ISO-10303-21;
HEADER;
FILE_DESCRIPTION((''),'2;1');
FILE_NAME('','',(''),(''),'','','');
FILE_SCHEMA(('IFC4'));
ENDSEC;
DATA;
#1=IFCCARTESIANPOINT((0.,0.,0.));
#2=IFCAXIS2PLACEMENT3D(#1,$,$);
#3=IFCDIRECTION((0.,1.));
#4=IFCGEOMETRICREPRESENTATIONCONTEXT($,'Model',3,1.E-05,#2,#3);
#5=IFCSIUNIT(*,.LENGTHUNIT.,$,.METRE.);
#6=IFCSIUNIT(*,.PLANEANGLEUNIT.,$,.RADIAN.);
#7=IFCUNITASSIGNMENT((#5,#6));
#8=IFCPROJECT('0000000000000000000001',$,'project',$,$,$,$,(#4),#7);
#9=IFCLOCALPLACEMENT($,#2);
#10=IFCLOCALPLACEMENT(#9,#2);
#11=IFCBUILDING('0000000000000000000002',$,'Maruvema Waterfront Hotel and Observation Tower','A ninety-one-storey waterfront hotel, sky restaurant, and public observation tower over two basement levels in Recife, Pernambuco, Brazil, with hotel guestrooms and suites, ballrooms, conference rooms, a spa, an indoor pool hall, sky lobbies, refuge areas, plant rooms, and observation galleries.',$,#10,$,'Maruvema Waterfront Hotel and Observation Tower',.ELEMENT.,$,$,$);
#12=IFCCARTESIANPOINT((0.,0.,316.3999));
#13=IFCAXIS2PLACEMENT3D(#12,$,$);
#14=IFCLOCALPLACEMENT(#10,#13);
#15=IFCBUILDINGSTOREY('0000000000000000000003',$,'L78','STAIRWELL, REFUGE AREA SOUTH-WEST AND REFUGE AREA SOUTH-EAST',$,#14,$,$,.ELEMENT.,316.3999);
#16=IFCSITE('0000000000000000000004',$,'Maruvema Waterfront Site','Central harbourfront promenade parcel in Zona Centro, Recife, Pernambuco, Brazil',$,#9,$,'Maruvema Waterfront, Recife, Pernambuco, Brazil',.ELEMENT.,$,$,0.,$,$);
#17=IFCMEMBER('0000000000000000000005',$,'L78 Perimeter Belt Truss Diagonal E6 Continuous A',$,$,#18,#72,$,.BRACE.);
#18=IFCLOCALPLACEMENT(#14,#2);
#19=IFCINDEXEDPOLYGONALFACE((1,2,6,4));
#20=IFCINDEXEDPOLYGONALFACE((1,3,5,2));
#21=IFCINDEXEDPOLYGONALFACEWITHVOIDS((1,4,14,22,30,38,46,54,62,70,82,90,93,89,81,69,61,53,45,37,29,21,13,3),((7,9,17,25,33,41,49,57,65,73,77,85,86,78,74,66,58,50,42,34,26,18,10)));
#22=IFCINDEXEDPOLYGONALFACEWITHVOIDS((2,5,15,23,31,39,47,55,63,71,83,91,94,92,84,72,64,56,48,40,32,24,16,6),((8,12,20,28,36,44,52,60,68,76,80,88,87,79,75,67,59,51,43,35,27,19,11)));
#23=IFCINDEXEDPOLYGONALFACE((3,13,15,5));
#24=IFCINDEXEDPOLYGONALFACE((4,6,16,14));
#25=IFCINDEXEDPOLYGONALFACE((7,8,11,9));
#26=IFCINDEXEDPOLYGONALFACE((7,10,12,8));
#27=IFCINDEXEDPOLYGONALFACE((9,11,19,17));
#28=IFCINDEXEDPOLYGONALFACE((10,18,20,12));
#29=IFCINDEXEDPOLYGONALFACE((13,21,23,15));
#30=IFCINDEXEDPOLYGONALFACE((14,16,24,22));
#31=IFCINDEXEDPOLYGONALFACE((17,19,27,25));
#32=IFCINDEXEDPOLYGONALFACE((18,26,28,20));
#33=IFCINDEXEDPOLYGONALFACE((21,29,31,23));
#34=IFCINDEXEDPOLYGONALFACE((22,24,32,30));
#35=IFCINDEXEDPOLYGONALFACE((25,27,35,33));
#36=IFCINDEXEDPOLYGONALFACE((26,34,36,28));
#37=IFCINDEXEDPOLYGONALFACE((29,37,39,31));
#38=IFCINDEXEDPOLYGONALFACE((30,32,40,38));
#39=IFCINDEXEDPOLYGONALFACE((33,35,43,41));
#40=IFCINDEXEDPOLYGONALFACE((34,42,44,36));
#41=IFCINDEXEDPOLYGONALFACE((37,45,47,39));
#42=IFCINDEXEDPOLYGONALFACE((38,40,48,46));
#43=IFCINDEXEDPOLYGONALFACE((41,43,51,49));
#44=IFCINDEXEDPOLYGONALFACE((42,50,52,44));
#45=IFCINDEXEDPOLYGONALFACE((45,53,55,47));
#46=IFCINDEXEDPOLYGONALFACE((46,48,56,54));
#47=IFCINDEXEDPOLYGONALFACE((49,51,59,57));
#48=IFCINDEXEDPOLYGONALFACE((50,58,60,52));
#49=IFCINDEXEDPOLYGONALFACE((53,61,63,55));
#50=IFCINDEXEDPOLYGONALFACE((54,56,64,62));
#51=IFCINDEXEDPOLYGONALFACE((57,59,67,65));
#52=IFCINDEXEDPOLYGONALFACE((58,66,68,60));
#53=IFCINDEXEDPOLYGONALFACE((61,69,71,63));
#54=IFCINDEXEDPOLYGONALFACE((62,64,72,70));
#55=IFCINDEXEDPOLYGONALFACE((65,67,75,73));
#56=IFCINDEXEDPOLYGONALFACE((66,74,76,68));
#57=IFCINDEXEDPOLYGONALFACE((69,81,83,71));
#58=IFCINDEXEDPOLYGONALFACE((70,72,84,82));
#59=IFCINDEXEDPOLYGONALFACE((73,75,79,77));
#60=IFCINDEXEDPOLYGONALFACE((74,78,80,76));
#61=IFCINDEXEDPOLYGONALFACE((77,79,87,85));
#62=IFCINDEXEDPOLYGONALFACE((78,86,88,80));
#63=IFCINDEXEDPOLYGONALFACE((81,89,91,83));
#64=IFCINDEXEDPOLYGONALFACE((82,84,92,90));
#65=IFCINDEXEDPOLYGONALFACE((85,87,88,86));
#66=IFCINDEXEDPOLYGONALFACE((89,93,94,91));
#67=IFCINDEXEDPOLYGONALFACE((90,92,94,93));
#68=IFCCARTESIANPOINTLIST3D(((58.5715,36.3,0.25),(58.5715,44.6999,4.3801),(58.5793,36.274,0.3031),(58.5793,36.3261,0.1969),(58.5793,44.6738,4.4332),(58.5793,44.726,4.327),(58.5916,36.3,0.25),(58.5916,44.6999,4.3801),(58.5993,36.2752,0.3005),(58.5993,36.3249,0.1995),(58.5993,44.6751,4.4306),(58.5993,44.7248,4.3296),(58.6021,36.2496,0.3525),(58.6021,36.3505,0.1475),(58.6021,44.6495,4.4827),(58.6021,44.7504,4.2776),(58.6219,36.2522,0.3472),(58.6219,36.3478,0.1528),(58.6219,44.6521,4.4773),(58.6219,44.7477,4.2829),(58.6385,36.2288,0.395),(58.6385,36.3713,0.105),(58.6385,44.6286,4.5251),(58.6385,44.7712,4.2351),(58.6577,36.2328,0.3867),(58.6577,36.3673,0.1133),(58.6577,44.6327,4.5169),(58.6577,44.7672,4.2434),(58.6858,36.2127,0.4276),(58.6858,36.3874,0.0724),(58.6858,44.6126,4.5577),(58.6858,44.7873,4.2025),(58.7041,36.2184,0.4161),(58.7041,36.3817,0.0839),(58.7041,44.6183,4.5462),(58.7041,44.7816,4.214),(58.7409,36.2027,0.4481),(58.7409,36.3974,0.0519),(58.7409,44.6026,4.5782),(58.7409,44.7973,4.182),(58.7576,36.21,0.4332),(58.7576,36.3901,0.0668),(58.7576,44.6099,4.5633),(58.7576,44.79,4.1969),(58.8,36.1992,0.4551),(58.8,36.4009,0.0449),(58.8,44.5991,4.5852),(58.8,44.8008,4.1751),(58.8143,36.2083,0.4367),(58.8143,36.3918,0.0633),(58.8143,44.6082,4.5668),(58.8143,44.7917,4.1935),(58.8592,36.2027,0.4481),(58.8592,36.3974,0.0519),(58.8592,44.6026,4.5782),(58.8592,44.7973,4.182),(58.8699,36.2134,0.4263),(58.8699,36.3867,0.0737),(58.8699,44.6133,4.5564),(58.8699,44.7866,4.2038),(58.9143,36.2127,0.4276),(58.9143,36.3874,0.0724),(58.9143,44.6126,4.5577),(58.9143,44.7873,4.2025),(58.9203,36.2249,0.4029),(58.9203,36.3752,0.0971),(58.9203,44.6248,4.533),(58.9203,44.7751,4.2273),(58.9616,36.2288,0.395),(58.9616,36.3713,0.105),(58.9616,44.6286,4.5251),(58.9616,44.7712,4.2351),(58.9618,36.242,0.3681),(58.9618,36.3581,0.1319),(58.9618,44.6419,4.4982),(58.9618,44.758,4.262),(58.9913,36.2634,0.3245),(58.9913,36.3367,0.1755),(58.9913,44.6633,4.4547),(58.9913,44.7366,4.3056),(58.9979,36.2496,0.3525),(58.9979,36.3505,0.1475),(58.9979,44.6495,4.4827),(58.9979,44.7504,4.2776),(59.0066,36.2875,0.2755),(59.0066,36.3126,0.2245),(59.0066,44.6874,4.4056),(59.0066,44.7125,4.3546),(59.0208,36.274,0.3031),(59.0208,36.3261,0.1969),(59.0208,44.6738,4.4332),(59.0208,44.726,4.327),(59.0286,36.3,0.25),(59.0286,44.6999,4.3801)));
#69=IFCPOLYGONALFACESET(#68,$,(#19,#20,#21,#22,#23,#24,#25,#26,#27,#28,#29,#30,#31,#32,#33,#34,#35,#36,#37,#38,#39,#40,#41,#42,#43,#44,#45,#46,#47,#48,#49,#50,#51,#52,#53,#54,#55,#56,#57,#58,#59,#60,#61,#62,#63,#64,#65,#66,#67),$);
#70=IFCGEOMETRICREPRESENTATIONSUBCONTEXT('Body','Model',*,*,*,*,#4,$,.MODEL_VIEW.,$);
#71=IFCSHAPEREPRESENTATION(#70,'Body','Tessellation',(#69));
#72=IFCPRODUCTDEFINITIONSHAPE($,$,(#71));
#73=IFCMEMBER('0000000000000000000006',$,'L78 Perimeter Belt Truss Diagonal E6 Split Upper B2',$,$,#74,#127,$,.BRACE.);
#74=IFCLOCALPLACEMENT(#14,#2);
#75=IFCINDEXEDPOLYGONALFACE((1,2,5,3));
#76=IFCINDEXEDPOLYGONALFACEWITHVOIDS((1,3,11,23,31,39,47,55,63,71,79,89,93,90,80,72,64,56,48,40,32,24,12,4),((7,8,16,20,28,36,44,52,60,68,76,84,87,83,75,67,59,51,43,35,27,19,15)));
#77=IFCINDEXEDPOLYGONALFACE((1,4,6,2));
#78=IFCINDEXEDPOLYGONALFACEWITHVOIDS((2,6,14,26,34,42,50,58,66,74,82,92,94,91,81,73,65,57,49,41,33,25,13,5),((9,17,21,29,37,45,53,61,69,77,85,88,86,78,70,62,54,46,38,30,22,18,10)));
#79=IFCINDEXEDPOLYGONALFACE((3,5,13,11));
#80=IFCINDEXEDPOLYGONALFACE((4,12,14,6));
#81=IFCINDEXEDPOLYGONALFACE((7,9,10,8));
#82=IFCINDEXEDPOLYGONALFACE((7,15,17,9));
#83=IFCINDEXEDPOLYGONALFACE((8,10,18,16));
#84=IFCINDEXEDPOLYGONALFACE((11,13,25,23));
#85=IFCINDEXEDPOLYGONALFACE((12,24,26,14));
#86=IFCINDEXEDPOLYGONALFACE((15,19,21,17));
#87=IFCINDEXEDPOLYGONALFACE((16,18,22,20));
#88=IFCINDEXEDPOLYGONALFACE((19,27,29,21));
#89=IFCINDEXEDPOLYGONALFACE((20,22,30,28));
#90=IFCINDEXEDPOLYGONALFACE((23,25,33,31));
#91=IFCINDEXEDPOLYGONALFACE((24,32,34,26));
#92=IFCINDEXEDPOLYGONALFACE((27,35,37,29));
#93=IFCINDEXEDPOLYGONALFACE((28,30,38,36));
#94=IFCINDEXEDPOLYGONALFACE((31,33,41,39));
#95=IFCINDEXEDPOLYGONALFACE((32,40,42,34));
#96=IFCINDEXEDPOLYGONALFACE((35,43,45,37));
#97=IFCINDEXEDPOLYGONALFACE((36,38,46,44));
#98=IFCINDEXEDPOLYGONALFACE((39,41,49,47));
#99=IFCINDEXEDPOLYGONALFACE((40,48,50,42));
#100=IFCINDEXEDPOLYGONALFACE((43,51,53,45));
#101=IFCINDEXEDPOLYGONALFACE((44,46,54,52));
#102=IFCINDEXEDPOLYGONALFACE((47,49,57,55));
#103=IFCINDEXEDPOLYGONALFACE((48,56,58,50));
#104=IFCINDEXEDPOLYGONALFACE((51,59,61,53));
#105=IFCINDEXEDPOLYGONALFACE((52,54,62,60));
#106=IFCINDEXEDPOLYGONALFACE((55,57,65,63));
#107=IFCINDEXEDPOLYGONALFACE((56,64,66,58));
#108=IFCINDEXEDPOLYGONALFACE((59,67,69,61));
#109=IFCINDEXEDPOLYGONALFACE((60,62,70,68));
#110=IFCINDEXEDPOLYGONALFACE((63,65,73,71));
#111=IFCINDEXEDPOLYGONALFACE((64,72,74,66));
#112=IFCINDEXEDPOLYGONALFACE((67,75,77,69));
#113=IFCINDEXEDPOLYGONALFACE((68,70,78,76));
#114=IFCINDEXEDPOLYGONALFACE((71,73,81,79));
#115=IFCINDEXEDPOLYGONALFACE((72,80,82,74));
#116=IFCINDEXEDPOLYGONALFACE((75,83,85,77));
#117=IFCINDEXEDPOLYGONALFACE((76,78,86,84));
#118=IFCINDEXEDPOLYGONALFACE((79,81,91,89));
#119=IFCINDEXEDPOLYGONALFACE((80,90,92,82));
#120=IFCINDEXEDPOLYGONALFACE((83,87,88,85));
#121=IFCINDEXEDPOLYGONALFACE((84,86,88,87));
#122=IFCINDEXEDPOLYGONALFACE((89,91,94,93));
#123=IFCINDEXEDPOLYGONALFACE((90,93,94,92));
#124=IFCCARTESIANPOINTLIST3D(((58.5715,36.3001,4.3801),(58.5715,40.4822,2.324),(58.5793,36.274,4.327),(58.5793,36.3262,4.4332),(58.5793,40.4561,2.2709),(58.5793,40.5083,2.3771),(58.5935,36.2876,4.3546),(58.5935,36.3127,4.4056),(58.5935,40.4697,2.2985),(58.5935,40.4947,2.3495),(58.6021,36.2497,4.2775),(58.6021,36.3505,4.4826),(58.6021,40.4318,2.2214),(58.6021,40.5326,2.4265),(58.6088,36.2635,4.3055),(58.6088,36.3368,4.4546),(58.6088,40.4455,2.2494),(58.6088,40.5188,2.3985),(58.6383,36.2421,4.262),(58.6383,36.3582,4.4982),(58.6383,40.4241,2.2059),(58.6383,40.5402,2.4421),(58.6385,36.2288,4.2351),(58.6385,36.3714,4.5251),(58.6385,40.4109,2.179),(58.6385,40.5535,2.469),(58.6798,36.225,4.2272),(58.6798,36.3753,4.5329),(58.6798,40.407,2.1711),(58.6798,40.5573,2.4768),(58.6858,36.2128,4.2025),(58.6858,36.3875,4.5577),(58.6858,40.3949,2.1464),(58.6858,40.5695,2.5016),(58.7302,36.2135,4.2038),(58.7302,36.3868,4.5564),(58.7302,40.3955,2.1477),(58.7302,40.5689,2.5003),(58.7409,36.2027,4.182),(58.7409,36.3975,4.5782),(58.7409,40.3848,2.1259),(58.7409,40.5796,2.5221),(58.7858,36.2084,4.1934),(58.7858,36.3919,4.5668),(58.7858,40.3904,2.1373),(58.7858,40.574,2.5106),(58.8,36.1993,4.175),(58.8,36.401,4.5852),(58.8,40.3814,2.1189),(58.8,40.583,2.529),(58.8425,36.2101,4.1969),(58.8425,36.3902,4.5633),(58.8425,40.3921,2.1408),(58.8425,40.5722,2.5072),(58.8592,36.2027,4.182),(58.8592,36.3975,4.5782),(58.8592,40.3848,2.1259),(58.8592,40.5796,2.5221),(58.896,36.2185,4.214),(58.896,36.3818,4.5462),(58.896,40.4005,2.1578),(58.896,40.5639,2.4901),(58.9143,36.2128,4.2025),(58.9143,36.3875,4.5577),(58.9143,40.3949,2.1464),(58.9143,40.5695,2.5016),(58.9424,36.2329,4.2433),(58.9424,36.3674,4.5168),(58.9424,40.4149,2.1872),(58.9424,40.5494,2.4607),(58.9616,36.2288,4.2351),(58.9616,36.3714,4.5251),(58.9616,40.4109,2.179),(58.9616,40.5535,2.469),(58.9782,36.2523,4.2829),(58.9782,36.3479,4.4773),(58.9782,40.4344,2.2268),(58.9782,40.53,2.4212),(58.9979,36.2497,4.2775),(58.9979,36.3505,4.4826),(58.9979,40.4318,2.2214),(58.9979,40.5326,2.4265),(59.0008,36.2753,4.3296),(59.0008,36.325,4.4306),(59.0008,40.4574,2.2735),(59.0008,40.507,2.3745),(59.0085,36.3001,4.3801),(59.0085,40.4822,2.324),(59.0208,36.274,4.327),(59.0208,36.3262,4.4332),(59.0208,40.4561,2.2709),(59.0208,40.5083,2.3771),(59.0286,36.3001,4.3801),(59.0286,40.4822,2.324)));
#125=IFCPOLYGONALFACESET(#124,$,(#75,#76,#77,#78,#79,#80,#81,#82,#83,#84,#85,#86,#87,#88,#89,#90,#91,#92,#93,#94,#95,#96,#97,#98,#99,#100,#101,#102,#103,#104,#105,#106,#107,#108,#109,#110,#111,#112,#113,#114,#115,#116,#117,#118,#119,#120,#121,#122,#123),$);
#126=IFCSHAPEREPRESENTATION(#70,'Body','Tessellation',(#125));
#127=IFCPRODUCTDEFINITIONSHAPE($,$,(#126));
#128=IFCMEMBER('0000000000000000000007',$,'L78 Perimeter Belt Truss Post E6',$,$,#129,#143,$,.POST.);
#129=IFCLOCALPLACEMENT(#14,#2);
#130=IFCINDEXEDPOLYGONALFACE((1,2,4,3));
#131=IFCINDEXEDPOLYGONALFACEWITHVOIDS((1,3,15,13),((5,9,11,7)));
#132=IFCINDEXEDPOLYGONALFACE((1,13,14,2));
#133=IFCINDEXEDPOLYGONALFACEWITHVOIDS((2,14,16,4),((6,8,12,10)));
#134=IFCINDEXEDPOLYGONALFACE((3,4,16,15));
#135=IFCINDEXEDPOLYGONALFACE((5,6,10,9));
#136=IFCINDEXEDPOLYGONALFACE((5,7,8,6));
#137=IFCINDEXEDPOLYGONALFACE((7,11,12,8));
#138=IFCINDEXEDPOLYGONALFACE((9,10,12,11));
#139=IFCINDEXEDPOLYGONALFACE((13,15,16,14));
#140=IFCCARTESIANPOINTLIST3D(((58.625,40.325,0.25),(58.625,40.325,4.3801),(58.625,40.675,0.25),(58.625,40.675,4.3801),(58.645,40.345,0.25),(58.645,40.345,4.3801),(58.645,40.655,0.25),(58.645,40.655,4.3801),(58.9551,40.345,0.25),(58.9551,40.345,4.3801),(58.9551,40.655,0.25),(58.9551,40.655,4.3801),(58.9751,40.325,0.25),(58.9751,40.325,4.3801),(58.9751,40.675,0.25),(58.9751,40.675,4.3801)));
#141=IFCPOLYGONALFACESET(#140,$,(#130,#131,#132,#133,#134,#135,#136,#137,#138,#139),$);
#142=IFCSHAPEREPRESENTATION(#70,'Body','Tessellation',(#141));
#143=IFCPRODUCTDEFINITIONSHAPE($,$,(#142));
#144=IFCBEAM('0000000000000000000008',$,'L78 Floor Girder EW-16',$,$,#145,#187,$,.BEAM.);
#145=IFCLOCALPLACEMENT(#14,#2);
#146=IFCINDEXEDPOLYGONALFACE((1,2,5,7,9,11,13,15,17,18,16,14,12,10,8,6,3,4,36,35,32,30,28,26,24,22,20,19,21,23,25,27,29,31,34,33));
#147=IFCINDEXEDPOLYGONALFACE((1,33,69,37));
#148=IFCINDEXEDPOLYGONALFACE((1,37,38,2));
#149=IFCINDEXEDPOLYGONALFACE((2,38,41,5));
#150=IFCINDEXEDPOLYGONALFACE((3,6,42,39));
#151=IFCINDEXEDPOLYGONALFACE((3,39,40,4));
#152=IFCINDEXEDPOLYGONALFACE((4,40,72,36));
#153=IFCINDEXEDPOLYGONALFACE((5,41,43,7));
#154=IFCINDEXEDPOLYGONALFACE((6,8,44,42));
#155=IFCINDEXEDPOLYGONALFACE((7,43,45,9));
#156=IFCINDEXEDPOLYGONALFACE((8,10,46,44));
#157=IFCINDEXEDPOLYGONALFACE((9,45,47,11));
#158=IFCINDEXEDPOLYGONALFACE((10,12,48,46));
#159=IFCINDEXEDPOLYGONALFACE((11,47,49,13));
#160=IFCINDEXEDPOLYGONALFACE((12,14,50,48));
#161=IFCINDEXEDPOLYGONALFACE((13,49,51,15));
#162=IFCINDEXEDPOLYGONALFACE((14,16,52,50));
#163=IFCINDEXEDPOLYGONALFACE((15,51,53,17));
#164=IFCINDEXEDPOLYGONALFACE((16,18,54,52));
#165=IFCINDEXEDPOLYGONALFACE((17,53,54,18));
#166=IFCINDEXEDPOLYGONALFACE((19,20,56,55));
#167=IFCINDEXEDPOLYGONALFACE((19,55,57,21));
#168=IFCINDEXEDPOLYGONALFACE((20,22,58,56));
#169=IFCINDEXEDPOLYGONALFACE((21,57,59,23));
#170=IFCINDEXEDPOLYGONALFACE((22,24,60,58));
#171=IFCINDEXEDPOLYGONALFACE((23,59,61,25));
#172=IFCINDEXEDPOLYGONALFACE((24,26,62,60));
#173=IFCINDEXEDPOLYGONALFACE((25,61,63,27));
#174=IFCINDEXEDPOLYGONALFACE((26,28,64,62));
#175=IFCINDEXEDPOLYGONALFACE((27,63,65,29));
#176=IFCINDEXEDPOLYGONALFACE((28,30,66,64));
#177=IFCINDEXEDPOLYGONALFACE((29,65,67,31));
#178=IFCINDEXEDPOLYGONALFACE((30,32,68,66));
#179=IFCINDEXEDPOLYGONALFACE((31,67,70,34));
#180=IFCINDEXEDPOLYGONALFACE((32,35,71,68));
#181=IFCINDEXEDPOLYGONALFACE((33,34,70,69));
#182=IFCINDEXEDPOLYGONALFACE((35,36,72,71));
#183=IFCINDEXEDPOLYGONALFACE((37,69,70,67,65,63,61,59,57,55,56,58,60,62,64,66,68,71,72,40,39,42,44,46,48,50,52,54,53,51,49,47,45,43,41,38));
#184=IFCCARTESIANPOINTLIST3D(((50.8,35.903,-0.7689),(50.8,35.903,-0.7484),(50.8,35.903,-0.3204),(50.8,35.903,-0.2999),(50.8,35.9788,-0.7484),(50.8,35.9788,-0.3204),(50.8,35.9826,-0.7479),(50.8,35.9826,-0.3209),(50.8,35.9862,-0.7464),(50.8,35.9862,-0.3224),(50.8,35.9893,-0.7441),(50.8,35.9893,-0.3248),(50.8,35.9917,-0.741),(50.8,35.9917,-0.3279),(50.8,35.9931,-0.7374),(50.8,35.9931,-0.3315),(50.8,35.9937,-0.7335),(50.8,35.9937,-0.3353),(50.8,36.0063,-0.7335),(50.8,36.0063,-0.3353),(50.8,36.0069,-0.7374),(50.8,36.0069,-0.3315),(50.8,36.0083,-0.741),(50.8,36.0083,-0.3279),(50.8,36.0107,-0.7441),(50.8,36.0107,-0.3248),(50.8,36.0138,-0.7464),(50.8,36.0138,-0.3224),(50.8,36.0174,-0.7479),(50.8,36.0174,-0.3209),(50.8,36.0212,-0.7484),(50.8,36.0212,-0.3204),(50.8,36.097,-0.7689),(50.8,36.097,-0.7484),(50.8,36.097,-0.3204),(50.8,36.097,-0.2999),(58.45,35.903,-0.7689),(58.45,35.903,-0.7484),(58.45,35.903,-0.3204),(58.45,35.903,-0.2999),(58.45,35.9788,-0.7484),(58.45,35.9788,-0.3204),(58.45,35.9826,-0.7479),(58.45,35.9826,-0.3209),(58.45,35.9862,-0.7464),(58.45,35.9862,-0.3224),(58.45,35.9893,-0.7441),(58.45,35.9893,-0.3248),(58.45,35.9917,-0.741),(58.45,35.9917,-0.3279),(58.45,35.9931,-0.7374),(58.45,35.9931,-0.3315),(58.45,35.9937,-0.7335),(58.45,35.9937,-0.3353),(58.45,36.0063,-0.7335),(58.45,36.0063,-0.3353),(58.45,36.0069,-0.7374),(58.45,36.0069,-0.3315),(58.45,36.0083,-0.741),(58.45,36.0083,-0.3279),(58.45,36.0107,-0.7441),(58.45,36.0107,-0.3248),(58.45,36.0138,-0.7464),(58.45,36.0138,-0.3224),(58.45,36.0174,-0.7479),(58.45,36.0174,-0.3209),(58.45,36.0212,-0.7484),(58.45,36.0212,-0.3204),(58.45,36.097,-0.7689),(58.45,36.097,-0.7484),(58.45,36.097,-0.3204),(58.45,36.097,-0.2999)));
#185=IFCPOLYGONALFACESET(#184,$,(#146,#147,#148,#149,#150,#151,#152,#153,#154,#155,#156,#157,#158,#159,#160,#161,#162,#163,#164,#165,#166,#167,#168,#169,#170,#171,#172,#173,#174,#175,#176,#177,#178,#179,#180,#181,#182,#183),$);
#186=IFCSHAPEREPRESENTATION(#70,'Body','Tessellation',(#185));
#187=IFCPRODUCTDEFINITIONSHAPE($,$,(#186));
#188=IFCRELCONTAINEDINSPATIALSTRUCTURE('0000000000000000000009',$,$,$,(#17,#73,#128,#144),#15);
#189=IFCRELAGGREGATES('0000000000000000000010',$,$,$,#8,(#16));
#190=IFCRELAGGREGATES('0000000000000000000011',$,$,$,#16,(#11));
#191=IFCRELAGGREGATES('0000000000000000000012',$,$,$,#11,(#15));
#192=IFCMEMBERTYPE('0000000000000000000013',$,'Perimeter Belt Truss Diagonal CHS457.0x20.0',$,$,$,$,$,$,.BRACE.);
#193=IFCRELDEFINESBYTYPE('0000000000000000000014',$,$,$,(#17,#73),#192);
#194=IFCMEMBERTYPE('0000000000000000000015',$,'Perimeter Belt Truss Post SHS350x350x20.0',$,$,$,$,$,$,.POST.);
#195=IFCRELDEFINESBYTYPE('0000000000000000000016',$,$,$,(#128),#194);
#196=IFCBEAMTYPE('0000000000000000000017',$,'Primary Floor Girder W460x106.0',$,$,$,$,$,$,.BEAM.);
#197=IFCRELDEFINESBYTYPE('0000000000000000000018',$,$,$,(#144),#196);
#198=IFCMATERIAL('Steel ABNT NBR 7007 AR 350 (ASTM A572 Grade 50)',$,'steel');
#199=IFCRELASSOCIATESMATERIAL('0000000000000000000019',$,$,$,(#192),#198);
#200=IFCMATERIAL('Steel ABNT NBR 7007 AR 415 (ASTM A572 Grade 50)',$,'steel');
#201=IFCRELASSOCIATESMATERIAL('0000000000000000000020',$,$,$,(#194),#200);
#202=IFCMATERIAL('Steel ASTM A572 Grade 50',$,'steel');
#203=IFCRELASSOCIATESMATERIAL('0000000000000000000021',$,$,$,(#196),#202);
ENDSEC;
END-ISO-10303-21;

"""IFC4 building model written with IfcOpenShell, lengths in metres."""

from ifc_helpers import new_model, si_unit, direction, frame, origin, origin_2d, place, context, subcontext, project, spatial, hollow_rectangle, hollow_circle, i_section, extrude, material, material_profile, profile_set, type_object, element, save


model = new_model("IFC4")

# Units and contexts
model_context = context("Model", 3, precision=1e-05, world=origin(), true_north=direction((0.0, 1.0)))
body_context = subcontext(model_context, "Body", "Model", "MODEL_VIEW")
ifc_project = project(units=[si_unit("LENGTHUNIT", "METRE"), si_unit("PLANEANGLEUNIT", "RADIAN")], contexts=[model_context])

# Site, building, storey
site_placement = place(None, origin())
site = spatial("IfcSite", under=ifc_project, at=site_placement, Name="Maruvema Waterfront Site", Description="Central harbourfront promenade parcel in Zona Centro, Recife, Pernambuco, Brazil", LongName="Maruvema Waterfront, Recife, Pernambuco, Brazil", CompositionType="ELEMENT", RefElevation=0.0)
building_placement = place(site_placement, origin())
building = spatial("IfcBuilding", under=site, at=building_placement, Name="Maruvema Waterfront Hotel and Observation Tower", Description="A ninety-one-storey waterfront hotel, sky restaurant, and public observation tower over two basement levels in Recife, Pernambuco, Brazil, with hotel guestrooms and suites, ballrooms, conference rooms, a spa, an indoor pool hall, sky lobbies, refuge areas, plant rooms, and observation galleries.", LongName="Maruvema Waterfront Hotel and Observation Tower", CompositionType="ELEMENT")
storey_placement = place(building_placement, frame((0.0, 0.0, 316.3999)))
storey = spatial("IfcBuildingStorey", under=building, at=storey_placement, Name="L78", Description="STAIRWELL, REFUGE AREA SOUTH-WEST AND REFUGE AREA SOUTH-EAST", CompositionType="ELEMENT", Elevation=316.3999)

# Members
ifc_material_1 = material(Name="Steel ABNT NBR 7007 AR 350 (ASTM A572 Grade 50)", Category="steel")
ifc_material_profile_1 = material_profile(ifc_material_1, hollow_circle(Radius=0.2285, WallThickness=0.02, at=origin_2d()), Name="CHS457.0x20.0")
ifc_profile_set_1 = profile_set([ifc_material_profile_1], Name="Steel ABNT NBR 7007 AR 350 (ASTM A572 Grade 50)")
member_type_1 = type_object("IfcMemberType", Name="Perimeter Belt Truss Diagonal CHS457.0x20.0", PredefinedType="BRACE", material=ifc_profile_set_1)
member_1_placement = place(storey_placement, frame((58.8, 36.3, 0.25), z_axis=(0.0, 0.897391, 0.441236), x_axis=(-1.0, 0.0, 0.0)))
element("IfcMember", 1, at=member_1_placement, inside=storey, type_object=member_type_1, Name="L78 Perimeter Belt Truss Diagonal E6 Continuous A", PredefinedType="BRACE", context=body_context, shape_type="SweptSolid", body=[
    extrude(hollow_circle(Radius=0.2285, WallThickness=0.02, at=origin_2d()), origin(), (0.0, 0.0, 1.0), 9.3604),
])
member_2_placement = place(storey_placement, frame((58.8, 40.4822, 2.324), z_axis=(0.0, -0.897404, 0.44121), x_axis=(1.0, 0.0, 0.0)))
element("IfcMember", 2, at=member_2_placement, inside=storey, type_object=member_type_1, Name="L78 Perimeter Belt Truss Diagonal E6 Split Upper B2", PredefinedType="BRACE", context=body_context, shape_type="SweptSolid", body=[
    extrude(hollow_circle(Radius=0.2285, WallThickness=0.02, at=origin_2d()), origin(), (0.0, 0.0, 1.0), 4.6602),
])
ifc_material_2 = material(Name="Steel ABNT NBR 7007 AR 415 (ASTM A572 Grade 50)", Category="steel")
ifc_material_profile_2 = material_profile(ifc_material_2, hollow_rectangle(XDim=0.3501, YDim=0.3501, WallThickness=0.02, at=origin_2d()), Name="SHS350x350x20.0")
ifc_profile_set_2 = profile_set([ifc_material_profile_2], Name="Steel ABNT NBR 7007 AR 415 (ASTM A572 Grade 50)")
member_type_2 = type_object("IfcMemberType", Name="Perimeter Belt Truss Post SHS350x350x20.0", PredefinedType="POST", material=ifc_profile_set_2)
member_3_placement = place(storey_placement, frame((58.8, 40.5, 0.25), z_axis=(0.0, 0.0, 1.0), x_axis=(1.0, 0.0, 0.0)))
element("IfcMember", 3, at=member_3_placement, inside=storey, type_object=member_type_2, Name="L78 Perimeter Belt Truss Post E6", PredefinedType="POST", context=body_context, shape_type="SweptSolid", body=[
    extrude(hollow_rectangle(XDim=0.3501, YDim=0.3501, WallThickness=0.02, at=origin_2d()), origin(), (0.0, 0.0, 1.0), 4.1301),
])

# Beam
ifc_material_3 = material(Name="Steel ASTM A572 Grade 50", Category="steel")
ifc_material_profile_3 = material_profile(ifc_material_3, i_section(OverallWidth=0.1941, OverallDepth=0.469, WebThickness=0.0127, FlangeThickness=0.0205, FilletRadius=0.0149, at=origin_2d()), Name="W460x106.0")
ifc_profile_set_3 = profile_set([ifc_material_profile_3], Name="Steel ASTM A572 Grade 50")
beam_type_1 = type_object("IfcBeamType", Name="Primary Floor Girder W460x106.0", PredefinedType="BEAM", material=ifc_profile_set_3)
beam_1_placement = place(storey_placement, frame((50.8, 36.0, -0.5344), z_axis=(1.0, 0.0, 0.0), x_axis=(0.0, 1.0, 0.0)))
element("IfcBeam", 4, at=beam_1_placement, inside=storey, type_object=beam_type_1, Name="L78 Floor Girder EW-16", PredefinedType="BEAM", context=body_context, shape_type="SweptSolid", body=[
    extrude(i_section(OverallWidth=0.1941, OverallDepth=0.469, WebThickness=0.0127, FlangeThickness=0.0205, FilletRadius=0.0149, at=origin_2d()), origin(), (0.0, 0.0, 1.0), 7.6499),
])

save(model, "model.ifc")
